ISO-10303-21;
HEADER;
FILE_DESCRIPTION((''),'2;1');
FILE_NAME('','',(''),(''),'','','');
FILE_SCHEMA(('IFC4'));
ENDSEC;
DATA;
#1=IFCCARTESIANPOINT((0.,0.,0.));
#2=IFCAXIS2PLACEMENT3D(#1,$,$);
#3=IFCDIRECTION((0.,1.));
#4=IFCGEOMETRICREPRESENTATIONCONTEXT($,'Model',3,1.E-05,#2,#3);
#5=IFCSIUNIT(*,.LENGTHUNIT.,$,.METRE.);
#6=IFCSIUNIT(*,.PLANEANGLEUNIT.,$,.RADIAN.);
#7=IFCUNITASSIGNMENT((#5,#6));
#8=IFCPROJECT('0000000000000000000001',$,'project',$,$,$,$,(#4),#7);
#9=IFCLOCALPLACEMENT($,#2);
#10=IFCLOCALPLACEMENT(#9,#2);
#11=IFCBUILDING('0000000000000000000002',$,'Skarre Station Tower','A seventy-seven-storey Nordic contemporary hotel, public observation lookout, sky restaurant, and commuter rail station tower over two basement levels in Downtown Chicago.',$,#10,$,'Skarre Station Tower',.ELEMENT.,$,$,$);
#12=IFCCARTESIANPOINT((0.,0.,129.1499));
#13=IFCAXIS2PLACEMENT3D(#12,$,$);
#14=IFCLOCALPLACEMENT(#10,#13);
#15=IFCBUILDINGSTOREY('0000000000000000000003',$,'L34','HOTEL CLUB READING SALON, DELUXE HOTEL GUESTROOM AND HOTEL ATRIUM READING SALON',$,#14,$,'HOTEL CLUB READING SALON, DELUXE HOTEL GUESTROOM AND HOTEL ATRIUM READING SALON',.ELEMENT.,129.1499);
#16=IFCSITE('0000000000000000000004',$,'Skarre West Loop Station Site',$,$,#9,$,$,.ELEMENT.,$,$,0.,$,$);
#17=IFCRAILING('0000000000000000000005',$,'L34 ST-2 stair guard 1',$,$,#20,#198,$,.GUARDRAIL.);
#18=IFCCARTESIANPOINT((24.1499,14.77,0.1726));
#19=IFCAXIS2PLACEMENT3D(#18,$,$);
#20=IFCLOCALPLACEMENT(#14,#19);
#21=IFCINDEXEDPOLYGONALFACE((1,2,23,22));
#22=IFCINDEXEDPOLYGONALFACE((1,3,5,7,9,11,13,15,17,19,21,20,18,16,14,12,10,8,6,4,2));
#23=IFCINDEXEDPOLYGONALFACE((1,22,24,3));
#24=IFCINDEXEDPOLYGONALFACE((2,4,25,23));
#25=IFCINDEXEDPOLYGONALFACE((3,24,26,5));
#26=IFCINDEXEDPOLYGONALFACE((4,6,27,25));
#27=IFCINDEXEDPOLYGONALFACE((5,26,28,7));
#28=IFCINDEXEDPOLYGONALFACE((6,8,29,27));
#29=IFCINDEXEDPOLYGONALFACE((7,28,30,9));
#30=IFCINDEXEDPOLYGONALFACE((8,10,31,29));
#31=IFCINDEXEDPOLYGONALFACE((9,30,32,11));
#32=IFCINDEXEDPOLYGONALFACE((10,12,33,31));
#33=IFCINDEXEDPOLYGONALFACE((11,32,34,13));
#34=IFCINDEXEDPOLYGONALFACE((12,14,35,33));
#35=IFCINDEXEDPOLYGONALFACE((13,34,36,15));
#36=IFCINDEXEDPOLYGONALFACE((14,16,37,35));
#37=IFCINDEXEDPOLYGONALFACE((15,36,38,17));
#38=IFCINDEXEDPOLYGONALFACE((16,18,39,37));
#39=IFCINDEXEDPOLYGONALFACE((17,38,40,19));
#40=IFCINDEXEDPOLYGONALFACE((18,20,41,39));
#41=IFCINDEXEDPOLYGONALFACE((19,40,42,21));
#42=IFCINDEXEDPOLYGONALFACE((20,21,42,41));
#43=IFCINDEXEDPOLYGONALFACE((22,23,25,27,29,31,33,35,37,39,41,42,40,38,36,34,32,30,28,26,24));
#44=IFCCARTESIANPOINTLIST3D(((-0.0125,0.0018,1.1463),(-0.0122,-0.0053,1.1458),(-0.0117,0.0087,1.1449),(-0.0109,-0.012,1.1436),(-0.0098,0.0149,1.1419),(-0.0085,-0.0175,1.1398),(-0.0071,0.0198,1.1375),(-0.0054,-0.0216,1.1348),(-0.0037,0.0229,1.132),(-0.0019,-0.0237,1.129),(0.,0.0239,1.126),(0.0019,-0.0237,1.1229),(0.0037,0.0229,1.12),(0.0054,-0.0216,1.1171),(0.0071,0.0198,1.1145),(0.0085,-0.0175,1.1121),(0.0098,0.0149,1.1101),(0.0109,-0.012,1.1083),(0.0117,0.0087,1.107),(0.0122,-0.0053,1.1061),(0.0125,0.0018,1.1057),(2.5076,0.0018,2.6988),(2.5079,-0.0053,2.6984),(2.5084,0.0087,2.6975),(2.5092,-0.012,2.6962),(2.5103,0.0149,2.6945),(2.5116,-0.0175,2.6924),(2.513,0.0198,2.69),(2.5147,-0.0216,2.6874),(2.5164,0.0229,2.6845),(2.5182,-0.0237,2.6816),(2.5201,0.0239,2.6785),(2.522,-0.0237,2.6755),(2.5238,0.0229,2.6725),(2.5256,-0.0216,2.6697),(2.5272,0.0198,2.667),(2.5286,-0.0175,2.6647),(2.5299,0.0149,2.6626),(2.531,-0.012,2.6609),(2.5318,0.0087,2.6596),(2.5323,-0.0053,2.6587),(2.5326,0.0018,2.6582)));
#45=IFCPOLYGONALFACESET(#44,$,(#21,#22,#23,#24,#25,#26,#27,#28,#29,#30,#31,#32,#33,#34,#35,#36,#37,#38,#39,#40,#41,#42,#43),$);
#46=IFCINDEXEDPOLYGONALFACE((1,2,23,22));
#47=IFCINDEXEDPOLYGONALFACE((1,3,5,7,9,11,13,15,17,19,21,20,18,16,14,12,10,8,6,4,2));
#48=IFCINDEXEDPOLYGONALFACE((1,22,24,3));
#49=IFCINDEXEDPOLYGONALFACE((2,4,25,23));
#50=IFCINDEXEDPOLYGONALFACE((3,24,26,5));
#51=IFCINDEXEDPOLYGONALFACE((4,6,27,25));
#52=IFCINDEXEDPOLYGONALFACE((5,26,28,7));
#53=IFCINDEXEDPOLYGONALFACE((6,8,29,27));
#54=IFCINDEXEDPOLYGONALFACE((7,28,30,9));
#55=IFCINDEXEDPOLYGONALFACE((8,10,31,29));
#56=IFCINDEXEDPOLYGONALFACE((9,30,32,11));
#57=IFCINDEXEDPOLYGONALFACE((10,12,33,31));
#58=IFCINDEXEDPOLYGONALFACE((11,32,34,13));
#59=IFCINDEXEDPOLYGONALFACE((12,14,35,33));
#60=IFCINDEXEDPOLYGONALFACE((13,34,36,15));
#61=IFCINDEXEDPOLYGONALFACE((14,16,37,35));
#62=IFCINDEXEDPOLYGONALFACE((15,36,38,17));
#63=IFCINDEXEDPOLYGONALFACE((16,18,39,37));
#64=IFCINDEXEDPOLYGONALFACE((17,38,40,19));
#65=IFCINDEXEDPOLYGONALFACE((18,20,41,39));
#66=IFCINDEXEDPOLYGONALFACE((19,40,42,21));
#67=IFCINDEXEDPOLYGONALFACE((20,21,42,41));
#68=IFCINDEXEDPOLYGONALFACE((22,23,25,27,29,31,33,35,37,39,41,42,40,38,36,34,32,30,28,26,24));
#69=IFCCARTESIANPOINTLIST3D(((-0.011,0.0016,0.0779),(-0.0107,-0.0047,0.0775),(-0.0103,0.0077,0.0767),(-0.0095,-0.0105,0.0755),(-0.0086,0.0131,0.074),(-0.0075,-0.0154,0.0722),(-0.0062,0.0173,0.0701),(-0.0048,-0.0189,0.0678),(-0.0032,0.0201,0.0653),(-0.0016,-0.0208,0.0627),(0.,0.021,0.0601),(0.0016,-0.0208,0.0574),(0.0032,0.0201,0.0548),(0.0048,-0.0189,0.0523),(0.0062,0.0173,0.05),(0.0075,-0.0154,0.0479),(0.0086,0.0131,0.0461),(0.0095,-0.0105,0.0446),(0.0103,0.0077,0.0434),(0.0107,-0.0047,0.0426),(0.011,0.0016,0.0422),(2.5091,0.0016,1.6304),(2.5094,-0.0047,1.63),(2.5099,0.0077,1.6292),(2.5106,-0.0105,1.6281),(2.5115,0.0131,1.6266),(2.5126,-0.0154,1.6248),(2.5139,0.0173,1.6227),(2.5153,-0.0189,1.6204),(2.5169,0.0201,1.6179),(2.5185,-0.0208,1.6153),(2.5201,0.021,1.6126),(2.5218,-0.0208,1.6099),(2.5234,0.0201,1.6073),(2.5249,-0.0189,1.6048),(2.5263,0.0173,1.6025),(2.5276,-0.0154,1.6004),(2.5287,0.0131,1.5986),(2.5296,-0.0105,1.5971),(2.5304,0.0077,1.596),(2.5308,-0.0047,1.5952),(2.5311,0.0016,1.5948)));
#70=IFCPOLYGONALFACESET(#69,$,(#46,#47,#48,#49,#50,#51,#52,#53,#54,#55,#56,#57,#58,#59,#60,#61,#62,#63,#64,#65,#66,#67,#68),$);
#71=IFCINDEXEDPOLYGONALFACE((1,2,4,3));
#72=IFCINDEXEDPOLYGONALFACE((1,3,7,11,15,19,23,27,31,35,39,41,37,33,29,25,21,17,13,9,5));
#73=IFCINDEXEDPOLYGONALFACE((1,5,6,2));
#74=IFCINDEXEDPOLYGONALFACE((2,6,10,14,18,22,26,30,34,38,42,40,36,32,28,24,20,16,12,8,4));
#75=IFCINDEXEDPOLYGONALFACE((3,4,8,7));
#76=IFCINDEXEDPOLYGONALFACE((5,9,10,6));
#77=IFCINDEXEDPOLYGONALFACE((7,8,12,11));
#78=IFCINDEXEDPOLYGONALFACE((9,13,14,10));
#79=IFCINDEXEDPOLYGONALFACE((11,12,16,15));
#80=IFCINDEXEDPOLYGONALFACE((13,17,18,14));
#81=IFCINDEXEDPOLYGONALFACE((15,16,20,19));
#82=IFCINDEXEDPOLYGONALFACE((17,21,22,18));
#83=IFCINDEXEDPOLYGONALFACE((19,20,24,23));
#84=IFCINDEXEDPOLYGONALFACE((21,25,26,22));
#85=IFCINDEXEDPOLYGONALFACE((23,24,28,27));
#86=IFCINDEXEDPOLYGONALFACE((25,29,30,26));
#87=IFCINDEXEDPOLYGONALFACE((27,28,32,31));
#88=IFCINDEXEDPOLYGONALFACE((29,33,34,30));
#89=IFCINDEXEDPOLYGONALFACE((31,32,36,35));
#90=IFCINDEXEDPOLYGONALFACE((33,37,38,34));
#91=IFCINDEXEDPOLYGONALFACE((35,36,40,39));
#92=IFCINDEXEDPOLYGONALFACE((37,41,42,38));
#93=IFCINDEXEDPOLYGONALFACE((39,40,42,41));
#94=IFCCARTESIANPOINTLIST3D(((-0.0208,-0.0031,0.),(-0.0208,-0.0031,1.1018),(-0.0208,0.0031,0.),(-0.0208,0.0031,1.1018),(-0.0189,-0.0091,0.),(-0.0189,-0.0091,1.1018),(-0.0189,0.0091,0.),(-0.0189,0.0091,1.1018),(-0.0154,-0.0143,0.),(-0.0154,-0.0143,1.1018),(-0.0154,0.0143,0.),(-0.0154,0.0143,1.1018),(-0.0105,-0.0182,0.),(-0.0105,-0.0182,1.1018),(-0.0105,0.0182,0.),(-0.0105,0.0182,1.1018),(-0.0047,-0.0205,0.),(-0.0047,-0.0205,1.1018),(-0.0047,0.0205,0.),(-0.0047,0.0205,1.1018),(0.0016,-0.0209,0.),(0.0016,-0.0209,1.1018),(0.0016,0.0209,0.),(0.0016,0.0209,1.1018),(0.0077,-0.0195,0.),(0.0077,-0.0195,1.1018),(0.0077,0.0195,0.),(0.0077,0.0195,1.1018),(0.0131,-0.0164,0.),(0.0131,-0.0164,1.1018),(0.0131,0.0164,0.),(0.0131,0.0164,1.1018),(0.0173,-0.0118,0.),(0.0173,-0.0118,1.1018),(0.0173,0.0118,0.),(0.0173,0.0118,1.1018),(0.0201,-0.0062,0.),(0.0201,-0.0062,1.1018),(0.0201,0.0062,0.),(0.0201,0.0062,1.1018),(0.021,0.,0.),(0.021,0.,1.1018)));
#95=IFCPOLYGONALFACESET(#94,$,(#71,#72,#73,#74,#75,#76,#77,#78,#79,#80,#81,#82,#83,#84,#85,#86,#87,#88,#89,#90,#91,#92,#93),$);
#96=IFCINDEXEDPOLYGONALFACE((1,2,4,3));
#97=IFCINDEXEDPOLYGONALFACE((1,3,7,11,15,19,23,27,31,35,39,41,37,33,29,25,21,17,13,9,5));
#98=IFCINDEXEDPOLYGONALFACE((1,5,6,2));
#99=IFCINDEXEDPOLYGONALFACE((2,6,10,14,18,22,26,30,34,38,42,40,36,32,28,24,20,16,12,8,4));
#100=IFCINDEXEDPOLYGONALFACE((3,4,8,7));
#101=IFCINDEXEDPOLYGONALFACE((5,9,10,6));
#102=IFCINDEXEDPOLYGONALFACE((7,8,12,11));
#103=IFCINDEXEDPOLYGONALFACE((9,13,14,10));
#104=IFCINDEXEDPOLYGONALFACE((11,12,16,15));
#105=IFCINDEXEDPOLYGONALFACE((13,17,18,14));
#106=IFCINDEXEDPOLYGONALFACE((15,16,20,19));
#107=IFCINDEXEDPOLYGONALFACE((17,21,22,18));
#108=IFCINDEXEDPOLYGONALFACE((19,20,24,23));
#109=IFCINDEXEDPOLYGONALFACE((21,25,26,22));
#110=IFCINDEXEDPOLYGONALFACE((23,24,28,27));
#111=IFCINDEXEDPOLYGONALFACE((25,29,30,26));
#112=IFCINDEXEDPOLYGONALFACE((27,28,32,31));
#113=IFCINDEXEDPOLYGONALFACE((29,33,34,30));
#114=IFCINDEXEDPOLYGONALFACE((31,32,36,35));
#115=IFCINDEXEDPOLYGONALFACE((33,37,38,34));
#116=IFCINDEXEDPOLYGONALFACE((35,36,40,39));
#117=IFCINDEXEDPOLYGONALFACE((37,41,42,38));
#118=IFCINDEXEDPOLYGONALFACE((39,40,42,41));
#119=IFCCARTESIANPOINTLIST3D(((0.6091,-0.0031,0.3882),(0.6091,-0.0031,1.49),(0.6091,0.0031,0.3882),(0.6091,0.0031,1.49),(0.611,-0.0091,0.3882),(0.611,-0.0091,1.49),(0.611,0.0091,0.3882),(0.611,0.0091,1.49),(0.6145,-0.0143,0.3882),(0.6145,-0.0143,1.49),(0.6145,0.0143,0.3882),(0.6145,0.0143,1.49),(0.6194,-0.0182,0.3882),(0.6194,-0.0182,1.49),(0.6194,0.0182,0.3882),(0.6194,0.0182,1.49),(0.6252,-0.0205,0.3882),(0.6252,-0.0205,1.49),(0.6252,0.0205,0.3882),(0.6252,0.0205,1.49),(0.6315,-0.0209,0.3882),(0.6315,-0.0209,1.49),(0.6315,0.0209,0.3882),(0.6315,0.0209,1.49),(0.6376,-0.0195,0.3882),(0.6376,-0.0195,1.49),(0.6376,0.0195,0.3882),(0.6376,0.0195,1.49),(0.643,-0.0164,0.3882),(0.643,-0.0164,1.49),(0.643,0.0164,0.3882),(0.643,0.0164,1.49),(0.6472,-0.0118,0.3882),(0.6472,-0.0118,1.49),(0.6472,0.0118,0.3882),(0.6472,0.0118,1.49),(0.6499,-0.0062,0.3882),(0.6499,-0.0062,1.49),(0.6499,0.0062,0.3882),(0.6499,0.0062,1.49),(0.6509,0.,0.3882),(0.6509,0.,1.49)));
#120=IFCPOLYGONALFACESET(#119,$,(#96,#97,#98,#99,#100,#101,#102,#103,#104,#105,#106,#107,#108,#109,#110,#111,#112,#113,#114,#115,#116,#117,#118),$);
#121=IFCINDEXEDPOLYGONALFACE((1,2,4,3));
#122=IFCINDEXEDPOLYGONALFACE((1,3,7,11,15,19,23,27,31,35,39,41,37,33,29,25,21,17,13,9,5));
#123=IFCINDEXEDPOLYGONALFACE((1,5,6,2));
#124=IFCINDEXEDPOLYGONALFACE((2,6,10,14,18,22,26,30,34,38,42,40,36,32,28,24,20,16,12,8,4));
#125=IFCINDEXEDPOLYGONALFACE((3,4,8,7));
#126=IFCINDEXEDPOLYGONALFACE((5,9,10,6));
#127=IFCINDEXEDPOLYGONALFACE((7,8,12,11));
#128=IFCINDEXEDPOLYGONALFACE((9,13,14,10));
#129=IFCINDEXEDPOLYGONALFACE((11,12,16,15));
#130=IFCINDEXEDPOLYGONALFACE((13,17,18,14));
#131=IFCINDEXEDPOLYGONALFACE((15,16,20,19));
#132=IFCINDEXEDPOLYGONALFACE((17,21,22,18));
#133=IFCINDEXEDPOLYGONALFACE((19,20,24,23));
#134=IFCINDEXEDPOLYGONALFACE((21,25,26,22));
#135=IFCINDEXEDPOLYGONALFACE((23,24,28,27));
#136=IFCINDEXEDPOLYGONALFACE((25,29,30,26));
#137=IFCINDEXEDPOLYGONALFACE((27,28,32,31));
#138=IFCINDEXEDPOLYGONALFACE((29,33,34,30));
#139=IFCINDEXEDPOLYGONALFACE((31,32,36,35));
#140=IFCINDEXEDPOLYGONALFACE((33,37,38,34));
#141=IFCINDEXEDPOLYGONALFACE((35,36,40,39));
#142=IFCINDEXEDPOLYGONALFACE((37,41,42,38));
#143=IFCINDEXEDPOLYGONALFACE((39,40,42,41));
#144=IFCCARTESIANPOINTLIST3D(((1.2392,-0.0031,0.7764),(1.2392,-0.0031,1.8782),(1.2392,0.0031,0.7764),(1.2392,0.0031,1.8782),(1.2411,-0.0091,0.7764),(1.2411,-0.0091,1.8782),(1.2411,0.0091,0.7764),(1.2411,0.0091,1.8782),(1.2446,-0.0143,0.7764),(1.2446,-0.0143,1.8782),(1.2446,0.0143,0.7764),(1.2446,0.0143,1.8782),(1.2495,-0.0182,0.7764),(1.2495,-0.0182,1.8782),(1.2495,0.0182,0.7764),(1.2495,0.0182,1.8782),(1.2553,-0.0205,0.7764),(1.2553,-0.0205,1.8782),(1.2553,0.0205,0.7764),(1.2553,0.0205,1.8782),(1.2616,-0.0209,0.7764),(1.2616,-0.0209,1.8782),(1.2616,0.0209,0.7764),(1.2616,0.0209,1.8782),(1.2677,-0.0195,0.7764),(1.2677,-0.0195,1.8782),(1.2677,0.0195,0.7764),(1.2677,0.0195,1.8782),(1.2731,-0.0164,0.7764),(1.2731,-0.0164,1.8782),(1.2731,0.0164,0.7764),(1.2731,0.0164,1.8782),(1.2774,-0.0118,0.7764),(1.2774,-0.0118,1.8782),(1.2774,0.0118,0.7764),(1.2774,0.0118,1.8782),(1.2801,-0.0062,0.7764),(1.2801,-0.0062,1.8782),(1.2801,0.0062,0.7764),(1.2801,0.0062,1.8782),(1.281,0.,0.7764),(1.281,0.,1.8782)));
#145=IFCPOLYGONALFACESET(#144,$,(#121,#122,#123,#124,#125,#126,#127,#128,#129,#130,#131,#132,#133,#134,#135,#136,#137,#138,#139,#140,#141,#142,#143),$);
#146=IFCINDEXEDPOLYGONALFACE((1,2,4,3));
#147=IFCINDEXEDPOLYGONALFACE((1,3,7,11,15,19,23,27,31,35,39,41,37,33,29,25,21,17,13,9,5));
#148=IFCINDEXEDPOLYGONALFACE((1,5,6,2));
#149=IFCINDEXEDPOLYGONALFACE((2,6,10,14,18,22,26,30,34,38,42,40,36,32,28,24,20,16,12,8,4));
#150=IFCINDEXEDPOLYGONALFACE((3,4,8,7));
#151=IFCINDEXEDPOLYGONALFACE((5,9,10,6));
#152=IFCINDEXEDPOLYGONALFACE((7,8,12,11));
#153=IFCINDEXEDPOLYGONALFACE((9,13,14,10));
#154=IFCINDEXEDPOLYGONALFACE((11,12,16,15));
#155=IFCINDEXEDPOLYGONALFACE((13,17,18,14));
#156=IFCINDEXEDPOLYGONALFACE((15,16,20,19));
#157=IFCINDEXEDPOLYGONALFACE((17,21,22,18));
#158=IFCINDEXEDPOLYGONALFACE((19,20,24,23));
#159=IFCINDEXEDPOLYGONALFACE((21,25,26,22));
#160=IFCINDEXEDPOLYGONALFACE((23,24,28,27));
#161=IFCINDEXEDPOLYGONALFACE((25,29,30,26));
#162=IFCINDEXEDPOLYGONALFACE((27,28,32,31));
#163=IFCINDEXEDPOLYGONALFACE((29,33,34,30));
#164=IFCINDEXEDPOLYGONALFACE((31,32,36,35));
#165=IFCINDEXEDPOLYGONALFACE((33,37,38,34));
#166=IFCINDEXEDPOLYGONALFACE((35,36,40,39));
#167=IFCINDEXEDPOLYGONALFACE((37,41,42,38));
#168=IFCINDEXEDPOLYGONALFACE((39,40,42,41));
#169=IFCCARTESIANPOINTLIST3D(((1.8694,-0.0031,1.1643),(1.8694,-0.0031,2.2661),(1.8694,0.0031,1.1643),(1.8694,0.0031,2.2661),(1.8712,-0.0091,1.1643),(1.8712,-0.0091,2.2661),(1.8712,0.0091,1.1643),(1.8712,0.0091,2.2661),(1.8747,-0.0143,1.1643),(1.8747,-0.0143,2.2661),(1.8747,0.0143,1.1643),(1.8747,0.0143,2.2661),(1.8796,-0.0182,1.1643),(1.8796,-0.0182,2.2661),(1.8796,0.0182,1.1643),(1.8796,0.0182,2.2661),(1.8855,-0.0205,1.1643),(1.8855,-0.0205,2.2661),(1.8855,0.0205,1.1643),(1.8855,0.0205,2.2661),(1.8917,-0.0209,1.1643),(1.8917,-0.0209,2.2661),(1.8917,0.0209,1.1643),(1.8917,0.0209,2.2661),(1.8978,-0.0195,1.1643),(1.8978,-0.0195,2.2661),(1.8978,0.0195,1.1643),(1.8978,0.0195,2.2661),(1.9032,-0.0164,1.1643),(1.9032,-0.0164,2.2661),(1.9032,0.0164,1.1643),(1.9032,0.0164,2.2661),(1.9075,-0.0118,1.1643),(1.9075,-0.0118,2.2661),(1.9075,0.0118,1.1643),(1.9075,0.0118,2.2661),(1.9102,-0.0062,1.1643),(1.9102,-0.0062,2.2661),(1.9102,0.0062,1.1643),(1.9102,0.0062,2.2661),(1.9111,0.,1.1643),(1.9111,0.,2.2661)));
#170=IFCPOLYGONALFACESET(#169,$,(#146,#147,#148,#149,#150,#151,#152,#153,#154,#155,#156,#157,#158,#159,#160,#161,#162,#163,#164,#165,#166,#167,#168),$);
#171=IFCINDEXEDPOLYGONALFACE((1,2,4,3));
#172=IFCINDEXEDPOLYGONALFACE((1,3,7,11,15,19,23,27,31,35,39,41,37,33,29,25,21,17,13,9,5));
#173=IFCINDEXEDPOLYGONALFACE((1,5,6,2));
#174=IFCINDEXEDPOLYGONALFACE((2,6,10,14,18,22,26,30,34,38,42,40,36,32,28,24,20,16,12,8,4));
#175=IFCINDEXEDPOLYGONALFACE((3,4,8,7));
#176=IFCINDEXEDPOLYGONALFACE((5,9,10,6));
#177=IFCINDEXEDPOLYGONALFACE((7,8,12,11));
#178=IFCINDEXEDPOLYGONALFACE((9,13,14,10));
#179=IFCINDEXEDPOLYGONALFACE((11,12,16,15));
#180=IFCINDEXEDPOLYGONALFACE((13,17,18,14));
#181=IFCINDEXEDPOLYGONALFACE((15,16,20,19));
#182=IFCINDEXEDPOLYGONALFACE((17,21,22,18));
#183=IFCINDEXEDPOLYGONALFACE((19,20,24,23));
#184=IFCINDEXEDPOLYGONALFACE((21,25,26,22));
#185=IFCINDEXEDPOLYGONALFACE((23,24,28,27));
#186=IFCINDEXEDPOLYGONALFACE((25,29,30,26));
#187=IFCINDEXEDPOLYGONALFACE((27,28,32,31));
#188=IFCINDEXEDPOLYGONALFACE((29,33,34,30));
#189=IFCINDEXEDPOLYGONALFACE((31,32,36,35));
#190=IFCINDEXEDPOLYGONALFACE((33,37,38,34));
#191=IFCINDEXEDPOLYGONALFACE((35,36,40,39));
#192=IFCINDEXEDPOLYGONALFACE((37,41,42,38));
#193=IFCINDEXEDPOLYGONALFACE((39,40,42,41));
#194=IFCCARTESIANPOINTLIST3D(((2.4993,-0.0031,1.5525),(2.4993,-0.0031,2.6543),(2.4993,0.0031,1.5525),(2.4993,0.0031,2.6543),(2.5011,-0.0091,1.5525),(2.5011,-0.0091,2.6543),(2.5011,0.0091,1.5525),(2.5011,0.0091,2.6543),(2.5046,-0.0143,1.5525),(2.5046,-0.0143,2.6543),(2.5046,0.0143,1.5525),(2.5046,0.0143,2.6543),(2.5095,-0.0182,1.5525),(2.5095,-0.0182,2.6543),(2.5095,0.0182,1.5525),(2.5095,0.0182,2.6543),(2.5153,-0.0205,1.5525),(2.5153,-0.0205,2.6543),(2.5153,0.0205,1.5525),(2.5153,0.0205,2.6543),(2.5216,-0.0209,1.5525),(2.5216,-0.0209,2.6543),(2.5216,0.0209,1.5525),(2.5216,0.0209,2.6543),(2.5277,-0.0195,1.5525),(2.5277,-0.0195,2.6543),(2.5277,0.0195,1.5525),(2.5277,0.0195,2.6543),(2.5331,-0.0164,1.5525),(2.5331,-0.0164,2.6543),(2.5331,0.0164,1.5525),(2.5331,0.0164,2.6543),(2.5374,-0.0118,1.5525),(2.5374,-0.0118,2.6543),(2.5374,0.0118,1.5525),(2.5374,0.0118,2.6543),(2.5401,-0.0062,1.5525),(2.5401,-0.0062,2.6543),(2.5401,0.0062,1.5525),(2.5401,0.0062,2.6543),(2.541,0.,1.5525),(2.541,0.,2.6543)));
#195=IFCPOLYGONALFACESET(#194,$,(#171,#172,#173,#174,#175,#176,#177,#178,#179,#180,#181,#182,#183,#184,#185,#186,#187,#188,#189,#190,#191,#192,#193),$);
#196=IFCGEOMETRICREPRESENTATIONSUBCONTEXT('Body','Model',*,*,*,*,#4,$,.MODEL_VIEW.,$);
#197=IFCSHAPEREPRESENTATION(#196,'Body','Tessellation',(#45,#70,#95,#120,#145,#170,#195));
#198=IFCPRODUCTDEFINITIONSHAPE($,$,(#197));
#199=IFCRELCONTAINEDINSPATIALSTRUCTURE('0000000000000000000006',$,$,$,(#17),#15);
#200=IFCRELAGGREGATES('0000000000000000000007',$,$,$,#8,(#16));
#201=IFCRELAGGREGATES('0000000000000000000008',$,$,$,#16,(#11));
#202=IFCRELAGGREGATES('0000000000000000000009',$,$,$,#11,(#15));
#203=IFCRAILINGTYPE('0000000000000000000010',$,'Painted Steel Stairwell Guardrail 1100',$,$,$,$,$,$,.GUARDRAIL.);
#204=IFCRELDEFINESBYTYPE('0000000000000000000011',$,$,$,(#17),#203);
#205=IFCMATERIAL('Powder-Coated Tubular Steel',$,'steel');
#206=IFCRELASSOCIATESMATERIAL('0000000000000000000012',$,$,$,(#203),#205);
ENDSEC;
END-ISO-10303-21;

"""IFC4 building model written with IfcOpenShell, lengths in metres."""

from ifc_helpers import new_model, si_unit, direction, frame, origin, origin_2d, place, context, subcontext, project, spatial, circle, extrude, material, type_object, element, save


model = new_model("IFC4")

# Units and contexts
model_context = context("Model", 3, precision=1e-05, world=origin(), true_north=direction((0.0, 1.0)))
body_context = subcontext(model_context, "Body", "Model", "MODEL_VIEW")
ifc_project = project(units=[si_unit("LENGTHUNIT", "METRE"), si_unit("PLANEANGLEUNIT", "RADIAN")], contexts=[model_context])

# Site, building, storey
site_placement = place(None, origin())
site = spatial("IfcSite", under=ifc_project, at=site_placement, Name="Skarre West Loop Station Site", CompositionType="ELEMENT", RefElevation=0.0)
building_placement = place(site_placement, origin())
building = spatial("IfcBuilding", under=site, at=building_placement, Name="Skarre Station Tower", Description="A seventy-seven-storey Nordic contemporary hotel, public observation lookout, sky restaurant, and commuter rail station tower over two basement levels in Downtown Chicago.", LongName="Skarre Station Tower", CompositionType="ELEMENT")
storey_placement = place(building_placement, frame((0.0, 0.0, 129.1499)))
storey = spatial("IfcBuildingStorey", under=building, at=storey_placement, Name="L34", Description="HOTEL CLUB READING SALON, DELUXE HOTEL GUESTROOM AND HOTEL ATRIUM READING SALON", LongName="HOTEL CLUB READING SALON, DELUXE HOTEL GUESTROOM AND HOTEL ATRIUM READING SALON", CompositionType="ELEMENT", Elevation=129.1499)

# Railing
ifc_material_1 = material(Name="Powder-Coated Tubular Steel", Category="steel")
railing_type_1 = type_object("IfcRailingType", Name="Painted Steel Stairwell Guardrail 1100", PredefinedType="GUARDRAIL", material=ifc_material_1)
railing_1_placement = place(storey_placement, frame((24.1499, 14.77, 0.1726)))
element("IfcRailing", 1, at=railing_1_placement, inside=storey, type_object=railing_type_1, Name="L34 ST-2 stair guard 1", PredefinedType="GUARDRAIL", context=body_context, shape_type="SweptSolid", body=[
    extrude(circle(Radius=0.0239, at=origin_2d()), frame((0.0, 0.0, 1.126), z_axis=(0.8514, 0.0, 0.524516), x_axis=(0.0, 1.0, 0.0)), (0.0, 0.0, 1.0), 2.96),
    extrude(circle(Radius=0.021, at=origin_2d()), frame((0.0, 0.0, 0.0601), z_axis=(0.8514, 0.0, 0.524516), x_axis=(0.0, 1.0, 0.0)), (0.0, 0.0, 1.0), 2.96),
    extrude(circle(Radius=0.021, at=origin_2d()), origin(), (0.0, 0.0, 1.0), 1.1018),
    extrude(circle(Radius=0.021, at=origin_2d()), frame((0.6299, 0.0, 0.3882)), (0.0, 0.0, 1.0), 1.1018),
    extrude(circle(Radius=0.021, at=origin_2d()), frame((1.26, 0.0, 0.7764)), (0.0, 0.0, 1.0), 1.1018),
    extrude(circle(Radius=0.021, at=origin_2d()), frame((1.8901, 0.0, 1.1643)), (0.0, 0.0, 1.0), 1.1018),
    extrude(circle(Radius=0.021, at=origin_2d()), frame((2.52, 0.0, 1.5525)), (0.0, 0.0, 1.0), 1.1018),
])

save(model, "model.ifc")
